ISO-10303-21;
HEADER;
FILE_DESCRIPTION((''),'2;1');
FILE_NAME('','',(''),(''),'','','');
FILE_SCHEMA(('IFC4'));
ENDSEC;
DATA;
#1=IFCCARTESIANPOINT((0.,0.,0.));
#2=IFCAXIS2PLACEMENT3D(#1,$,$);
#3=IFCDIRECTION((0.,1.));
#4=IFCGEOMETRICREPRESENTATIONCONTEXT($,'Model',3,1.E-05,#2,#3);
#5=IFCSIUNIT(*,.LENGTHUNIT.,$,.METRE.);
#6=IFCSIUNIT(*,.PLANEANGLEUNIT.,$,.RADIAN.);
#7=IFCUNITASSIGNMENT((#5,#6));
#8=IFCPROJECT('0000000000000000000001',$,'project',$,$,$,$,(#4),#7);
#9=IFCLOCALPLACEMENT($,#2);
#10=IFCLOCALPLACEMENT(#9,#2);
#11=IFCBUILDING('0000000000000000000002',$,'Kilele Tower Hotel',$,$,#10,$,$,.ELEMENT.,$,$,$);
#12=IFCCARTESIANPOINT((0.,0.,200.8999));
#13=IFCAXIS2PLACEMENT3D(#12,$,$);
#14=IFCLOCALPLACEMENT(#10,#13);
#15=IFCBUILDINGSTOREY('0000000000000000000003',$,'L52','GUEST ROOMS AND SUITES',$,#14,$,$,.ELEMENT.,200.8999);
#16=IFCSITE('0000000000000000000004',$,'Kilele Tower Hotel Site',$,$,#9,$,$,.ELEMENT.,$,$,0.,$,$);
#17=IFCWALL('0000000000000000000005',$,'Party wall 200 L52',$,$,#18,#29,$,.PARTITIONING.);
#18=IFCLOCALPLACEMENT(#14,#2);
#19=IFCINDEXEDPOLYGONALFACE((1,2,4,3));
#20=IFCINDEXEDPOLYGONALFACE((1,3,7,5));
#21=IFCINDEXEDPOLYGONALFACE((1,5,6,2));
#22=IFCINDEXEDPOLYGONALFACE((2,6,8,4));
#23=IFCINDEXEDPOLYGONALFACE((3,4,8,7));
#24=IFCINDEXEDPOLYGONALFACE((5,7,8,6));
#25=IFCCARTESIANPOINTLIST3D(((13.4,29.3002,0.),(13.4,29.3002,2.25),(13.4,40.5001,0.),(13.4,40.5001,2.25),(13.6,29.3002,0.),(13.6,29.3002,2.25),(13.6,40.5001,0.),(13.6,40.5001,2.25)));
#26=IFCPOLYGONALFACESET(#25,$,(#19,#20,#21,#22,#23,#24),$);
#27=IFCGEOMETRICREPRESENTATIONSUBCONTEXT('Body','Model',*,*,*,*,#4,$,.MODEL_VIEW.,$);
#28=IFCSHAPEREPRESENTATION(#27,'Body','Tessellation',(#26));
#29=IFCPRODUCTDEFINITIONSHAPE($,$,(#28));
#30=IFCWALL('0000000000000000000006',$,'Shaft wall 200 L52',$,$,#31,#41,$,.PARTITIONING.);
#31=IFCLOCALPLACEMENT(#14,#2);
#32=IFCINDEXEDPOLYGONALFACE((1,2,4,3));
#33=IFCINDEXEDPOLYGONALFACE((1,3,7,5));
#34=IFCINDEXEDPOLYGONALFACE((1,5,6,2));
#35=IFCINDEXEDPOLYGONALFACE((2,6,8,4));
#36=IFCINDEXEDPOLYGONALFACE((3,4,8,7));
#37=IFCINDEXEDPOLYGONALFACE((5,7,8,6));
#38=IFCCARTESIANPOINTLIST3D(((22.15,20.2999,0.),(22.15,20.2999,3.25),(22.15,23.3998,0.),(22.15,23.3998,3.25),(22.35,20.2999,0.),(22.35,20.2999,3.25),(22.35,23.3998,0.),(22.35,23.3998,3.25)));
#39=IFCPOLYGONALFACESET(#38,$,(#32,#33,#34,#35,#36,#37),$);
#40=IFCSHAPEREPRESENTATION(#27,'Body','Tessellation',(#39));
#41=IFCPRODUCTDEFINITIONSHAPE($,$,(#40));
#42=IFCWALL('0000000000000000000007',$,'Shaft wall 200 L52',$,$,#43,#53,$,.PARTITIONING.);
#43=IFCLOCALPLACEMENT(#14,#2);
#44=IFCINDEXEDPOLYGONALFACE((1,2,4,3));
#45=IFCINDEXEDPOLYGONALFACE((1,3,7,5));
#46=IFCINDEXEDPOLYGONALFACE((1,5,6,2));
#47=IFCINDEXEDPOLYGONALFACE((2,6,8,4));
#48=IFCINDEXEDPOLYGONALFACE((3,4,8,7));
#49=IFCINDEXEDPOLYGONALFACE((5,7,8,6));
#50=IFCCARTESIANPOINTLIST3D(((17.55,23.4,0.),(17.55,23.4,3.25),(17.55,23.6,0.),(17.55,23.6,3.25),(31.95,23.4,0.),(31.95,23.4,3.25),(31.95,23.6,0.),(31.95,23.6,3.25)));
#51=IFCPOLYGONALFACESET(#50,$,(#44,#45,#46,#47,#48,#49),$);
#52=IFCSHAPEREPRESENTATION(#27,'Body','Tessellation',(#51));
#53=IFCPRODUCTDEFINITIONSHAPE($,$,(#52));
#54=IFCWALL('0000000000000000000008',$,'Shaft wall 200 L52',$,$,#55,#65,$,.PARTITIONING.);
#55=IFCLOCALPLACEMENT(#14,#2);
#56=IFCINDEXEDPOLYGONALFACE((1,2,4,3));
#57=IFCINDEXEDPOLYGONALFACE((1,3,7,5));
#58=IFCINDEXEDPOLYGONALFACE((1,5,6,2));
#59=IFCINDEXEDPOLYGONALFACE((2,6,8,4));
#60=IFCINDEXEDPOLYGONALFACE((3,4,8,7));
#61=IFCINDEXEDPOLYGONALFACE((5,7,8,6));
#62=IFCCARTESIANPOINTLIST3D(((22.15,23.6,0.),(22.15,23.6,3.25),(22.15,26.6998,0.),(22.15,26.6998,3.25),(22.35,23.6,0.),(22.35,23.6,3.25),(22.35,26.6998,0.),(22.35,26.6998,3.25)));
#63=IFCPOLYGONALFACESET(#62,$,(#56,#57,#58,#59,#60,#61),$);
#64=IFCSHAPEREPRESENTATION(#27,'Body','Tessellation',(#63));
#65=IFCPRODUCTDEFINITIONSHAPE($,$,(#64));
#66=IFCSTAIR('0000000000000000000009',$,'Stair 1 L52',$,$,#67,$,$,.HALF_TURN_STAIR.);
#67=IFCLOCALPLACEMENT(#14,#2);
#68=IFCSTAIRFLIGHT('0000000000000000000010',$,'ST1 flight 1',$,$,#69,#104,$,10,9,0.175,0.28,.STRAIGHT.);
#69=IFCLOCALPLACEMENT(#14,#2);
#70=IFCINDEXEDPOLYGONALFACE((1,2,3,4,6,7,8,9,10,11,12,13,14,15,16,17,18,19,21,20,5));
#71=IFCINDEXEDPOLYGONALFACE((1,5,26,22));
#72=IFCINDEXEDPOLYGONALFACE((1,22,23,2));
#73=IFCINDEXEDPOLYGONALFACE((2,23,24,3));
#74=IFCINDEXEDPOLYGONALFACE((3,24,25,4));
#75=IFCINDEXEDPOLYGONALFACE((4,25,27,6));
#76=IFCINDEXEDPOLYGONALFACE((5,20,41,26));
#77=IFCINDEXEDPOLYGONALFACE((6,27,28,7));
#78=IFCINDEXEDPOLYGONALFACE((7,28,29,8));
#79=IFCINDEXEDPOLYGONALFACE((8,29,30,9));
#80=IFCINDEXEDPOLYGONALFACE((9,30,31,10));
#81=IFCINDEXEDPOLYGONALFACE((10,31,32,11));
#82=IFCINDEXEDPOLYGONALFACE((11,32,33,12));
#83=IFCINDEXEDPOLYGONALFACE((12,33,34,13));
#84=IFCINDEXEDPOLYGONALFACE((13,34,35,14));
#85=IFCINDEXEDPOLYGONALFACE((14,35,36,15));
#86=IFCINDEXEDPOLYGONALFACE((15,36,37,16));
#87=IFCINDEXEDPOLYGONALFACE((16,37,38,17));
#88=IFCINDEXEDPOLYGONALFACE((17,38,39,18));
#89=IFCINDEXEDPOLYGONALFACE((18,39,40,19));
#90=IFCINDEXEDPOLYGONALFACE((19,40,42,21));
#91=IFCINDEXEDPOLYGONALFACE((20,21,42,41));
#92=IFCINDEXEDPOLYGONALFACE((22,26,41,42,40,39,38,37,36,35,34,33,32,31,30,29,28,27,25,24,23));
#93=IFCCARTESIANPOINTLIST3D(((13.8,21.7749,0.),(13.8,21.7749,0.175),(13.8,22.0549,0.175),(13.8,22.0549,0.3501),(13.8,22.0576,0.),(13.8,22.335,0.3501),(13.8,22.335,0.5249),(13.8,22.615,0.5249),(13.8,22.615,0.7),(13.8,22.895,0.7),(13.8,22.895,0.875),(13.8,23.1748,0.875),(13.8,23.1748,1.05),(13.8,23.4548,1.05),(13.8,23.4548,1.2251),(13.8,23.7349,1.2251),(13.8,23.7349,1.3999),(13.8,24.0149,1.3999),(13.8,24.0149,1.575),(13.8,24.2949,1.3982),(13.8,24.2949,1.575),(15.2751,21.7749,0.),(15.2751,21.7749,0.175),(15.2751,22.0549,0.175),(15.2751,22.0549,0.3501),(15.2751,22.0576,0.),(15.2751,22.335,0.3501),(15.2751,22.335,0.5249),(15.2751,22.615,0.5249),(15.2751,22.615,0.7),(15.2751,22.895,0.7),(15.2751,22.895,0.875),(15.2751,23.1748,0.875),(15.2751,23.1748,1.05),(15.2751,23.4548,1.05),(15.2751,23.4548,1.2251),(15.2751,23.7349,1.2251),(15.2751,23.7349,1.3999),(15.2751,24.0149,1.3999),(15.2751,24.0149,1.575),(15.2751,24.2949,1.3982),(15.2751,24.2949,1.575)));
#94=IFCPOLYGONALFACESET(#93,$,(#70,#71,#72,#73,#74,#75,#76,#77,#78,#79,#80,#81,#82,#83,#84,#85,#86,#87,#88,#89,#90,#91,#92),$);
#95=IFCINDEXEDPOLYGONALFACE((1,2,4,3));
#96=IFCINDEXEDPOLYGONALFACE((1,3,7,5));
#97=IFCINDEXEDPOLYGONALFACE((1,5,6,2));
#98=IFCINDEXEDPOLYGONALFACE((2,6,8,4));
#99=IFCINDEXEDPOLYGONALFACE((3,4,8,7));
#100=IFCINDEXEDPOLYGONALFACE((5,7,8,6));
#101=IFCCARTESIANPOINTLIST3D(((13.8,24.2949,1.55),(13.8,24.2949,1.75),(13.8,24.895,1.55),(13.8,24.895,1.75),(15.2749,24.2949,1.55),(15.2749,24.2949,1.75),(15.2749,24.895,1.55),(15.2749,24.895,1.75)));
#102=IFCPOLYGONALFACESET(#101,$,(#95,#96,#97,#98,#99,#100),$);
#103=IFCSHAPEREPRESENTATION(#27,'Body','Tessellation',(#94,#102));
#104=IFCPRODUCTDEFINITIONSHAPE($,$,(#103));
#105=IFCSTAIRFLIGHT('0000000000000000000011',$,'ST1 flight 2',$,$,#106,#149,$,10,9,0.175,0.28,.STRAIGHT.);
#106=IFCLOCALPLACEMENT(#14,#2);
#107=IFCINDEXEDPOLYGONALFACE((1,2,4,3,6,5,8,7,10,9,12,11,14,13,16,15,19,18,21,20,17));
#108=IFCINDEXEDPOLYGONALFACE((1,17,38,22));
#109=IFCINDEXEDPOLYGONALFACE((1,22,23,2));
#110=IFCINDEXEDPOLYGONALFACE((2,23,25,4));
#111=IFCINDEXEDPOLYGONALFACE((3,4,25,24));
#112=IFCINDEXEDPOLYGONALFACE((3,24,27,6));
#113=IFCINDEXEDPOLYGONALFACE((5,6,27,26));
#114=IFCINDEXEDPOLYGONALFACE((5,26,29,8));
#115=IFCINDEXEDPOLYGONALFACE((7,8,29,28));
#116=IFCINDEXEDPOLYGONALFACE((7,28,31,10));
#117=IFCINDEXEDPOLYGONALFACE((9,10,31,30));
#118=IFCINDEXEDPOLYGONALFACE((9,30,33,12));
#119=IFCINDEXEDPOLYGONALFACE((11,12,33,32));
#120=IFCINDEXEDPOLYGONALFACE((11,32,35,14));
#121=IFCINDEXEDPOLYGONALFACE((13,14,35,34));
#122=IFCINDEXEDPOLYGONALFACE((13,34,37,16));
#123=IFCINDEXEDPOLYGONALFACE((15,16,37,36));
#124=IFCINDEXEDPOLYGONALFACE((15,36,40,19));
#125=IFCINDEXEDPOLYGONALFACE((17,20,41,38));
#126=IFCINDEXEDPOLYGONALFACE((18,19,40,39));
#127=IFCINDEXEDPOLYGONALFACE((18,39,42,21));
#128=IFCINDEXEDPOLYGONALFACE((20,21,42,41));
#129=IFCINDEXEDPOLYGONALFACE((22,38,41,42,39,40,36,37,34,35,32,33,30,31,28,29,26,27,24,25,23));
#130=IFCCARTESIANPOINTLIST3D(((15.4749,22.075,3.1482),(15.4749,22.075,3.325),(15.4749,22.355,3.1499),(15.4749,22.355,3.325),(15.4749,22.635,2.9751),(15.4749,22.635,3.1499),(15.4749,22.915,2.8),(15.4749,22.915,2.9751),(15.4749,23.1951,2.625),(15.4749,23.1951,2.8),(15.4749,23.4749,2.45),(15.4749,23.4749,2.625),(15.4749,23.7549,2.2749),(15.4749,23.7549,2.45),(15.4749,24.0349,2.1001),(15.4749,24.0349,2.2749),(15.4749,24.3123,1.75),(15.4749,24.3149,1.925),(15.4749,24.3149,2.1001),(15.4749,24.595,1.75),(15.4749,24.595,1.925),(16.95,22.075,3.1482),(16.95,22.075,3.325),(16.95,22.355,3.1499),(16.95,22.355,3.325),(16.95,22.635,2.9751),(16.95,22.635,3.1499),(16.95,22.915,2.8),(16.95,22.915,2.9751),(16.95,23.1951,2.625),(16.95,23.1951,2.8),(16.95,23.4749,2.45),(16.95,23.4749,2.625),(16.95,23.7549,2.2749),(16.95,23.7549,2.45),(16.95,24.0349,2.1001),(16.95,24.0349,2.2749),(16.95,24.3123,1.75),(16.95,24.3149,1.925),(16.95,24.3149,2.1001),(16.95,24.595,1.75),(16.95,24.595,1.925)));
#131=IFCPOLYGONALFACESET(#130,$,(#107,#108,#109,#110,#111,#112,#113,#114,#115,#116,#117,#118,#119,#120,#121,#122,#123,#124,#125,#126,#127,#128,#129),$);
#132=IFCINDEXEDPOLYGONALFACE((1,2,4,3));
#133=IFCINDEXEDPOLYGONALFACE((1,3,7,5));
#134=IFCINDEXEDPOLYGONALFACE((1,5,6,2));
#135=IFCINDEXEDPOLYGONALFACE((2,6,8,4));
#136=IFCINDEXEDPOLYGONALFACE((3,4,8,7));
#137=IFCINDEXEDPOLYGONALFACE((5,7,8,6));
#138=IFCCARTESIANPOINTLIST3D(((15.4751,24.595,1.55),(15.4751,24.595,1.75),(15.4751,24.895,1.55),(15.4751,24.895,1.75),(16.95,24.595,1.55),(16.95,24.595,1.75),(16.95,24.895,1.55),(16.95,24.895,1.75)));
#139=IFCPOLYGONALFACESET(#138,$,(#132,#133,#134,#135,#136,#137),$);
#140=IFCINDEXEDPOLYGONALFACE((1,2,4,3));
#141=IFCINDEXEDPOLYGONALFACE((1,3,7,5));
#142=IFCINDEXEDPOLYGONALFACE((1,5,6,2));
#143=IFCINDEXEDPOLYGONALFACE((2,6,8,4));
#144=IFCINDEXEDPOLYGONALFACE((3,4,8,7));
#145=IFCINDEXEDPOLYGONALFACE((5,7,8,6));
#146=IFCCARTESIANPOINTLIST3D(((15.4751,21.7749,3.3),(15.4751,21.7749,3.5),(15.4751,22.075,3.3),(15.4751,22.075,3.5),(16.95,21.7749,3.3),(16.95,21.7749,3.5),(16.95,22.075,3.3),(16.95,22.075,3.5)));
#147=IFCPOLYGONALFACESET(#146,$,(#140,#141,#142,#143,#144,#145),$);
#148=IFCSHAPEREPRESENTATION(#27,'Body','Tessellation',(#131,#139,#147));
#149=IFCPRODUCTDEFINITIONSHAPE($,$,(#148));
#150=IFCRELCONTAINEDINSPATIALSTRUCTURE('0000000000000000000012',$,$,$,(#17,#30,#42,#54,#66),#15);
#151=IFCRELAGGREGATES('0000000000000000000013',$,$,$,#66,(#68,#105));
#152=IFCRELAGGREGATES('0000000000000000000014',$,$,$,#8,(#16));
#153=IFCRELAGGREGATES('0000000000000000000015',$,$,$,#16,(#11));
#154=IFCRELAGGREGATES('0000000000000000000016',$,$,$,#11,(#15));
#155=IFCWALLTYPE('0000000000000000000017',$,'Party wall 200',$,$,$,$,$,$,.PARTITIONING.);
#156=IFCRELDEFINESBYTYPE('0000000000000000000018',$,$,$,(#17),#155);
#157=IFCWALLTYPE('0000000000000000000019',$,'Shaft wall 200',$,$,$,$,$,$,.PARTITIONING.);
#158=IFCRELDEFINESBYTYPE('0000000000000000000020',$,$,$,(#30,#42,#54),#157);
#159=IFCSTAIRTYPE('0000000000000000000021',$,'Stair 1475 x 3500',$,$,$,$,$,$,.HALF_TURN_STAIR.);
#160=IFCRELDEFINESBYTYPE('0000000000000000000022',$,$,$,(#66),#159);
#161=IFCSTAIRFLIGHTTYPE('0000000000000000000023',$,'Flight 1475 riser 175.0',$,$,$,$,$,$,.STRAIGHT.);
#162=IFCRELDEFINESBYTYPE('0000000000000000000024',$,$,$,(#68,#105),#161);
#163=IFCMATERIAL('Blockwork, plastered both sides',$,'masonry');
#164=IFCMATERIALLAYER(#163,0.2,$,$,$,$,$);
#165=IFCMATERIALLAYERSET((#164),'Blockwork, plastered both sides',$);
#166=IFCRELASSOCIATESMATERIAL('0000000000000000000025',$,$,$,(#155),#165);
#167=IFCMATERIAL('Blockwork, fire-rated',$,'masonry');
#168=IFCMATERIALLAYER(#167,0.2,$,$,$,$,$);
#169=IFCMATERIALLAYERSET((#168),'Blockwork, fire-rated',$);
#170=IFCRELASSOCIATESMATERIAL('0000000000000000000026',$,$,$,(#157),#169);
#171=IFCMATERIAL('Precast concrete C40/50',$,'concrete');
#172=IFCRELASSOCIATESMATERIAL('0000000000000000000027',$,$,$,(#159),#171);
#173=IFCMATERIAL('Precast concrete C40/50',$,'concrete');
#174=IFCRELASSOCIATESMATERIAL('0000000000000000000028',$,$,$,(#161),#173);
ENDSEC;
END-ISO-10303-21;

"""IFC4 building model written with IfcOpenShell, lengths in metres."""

from ifc_helpers import new_model, si_unit, direction, frame, frame_2d, origin, place, context, subcontext, project, spatial, polyline, rectangle, outline, extrude, material, layer, layer_set, type_object, element, aggregate, save


model = new_model("IFC4")

# Units and contexts
model_context = context("Model", 3, precision=1e-05, world=origin(), true_north=direction((0.0, 1.0)))
body_context = subcontext(model_context, "Body", "Model", "MODEL_VIEW")
ifc_project = project(units=[si_unit("LENGTHUNIT", "METRE"), si_unit("PLANEANGLEUNIT", "RADIAN")], contexts=[model_context])

# Site, building, storey
site_placement = place(None, origin())
site = spatial("IfcSite", under=ifc_project, at=site_placement, Name="Kilele Tower Hotel Site", CompositionType="ELEMENT", RefElevation=0.0)
building_placement = place(site_placement, origin())
building = spatial("IfcBuilding", under=site, at=building_placement, Name="Kilele Tower Hotel", CompositionType="ELEMENT")
storey_placement = place(building_placement, frame((0.0, 0.0, 200.8999)))
storey = spatial("IfcBuildingStorey", under=building, at=storey_placement, Name="L52", Description="GUEST ROOMS AND SUITES", CompositionType="ELEMENT", Elevation=200.8999)

# Walls
ifc_material_1 = material(Name="Blockwork, plastered both sides", Category="masonry")
ifc_layer_1 = layer(ifc_material_1, 0.2)
ifc_layer_set_1 = layer_set([ifc_layer_1], Name="Blockwork, plastered both sides")
wall_type_1 = type_object("IfcWallType", Name="Party wall 200", PredefinedType="PARTITIONING", material=ifc_layer_set_1)
wall_1_placement = place(storey_placement, frame((13.5, 29.3, 0.0), z_axis=(0.0, 0.0, 1.0), x_axis=(0.0, 1.0, 0.0)))
element("IfcWall", 1, at=wall_1_placement, inside=storey, type_object=wall_type_1, Name="Party wall 200 L52", PredefinedType="PARTITIONING", context=body_context, shape_type="SweptSolid", body=[
    extrude(rectangle(XDim=11.2, YDim=0.2, at=frame_2d((5.6001, 0.0))), origin(), (0.0, 0.0, 1.0), 2.25),
])
ifc_material_2 = material(Name="Blockwork, fire-rated", Category="masonry")
ifc_layer_2 = layer(ifc_material_2, 0.2)
ifc_layer_set_2 = layer_set([ifc_layer_2], Name="Blockwork, fire-rated")
wall_type_2 = type_object("IfcWallType", Name="Shaft wall 200", PredefinedType="PARTITIONING", material=ifc_layer_set_2)
wall_2_placement = place(storey_placement, frame((22.25, 20.3, 0.0), z_axis=(0.0, 0.0, 1.0), x_axis=(0.0, 1.0, 0.0)))
element("IfcWall", 2, at=wall_2_placement, inside=storey, type_object=wall_type_2, Name="Shaft wall 200 L52", PredefinedType="PARTITIONING", context=body_context, shape_type="SweptSolid", body=[
    extrude(rectangle(XDim=3.0999, YDim=0.2, at=frame_2d((1.5498, 0.0))), origin(), (0.0, 0.0, 1.0), 3.25),
])
wall_3_placement = place(storey_placement, frame((17.55, 23.5, 0.0), z_axis=(0.0, 0.0, 1.0), x_axis=(1.0, 0.0, 0.0)))
element("IfcWall", 3, at=wall_3_placement, inside=storey, type_object=wall_type_2, Name="Shaft wall 200 L52", PredefinedType="PARTITIONING", context=body_context, shape_type="SweptSolid", body=[
    extrude(rectangle(XDim=14.3999, YDim=0.2, at=frame_2d((7.2, 0.0))), origin(), (0.0, 0.0, 1.0), 3.25),
])
wall_4_placement = place(storey_placement, frame((22.25, 23.6001, 0.0), z_axis=(0.0, 0.0, 1.0), x_axis=(0.0, 1.0, 0.0)))
element("IfcWall", 4, at=wall_4_placement, inside=storey, type_object=wall_type_2, Name="Shaft wall 200 L52", PredefinedType="PARTITIONING", context=body_context, shape_type="SweptSolid", body=[
    extrude(rectangle(XDim=3.0999, YDim=0.2, at=frame_2d((1.5498, 0.0))), origin(), (0.0, 0.0, 1.0), 3.25),
])

# Stair, stair flights
ifc_material_3 = material(Name="Precast concrete C40/50", Category="concrete")
stair_type = type_object("IfcStairType", Name="Stair 1475 x 3500", PredefinedType="HALF_TURN_STAIR", material=ifc_material_3)
stair_placement = place(storey_placement, origin())
stair = element("IfcStair", 5, at=stair_placement, inside=storey, type_object=stair_type, Name="Stair 1 L52", PredefinedType="HALF_TURN_STAIR")
ifc_material_4 = material(Name="Precast concrete C40/50", Category="concrete")
stair_flight_type = type_object("IfcStairFlightType", Name="Flight 1475 riser 175.0", PredefinedType="STRAIGHT", material=ifc_material_4)
stair_flight_1_placement = place(storey_placement, frame((14.5376, 21.7749, 0.0), z_axis=(0.0, 0.0, 1.0), x_axis=(0.0, 1.0, 0.0)))
stair_flight_1 = element("IfcStairFlight", 6, at=stair_flight_1_placement, type_object=stair_flight_type, Name="ST1 flight 1", NumberOfRisers=10, NumberOfTreads=9, PredefinedType="STRAIGHT", RiserHeight=0.175, TreadLength=0.28, context=body_context, shape_type="SweptSolid", body=[
    extrude(outline(polyline([(0.0, 0.0), (0.0, 0.175), (0.28, 0.175), (0.28, 0.3501), (0.5601, 0.3501), (0.5601, 0.5249), (0.8401, 0.5249), (0.8401, 0.7), (1.1201, 0.7), (1.1201, 0.875), (1.3999, 0.875), (1.3999, 1.05), (1.6799, 1.05), (1.6799, 1.2251), (1.96, 1.2251), (1.96, 1.3999), (2.24, 1.3999), (2.24, 1.575), (2.52, 1.575), (2.52, 1.75), (2.52, 1.3982), (0.2827, 0.0), (0.0, 0.0)])), frame((0.0, 0.7375, 0.0), z_axis=(0.0, -1.0, 0.0), x_axis=(1.0, 0.0, 0.0)), (0.0, 0.0, 1.0), 1.4751),
    extrude(outline(polyline([(2.52, 0.7375), (2.52, -0.7373), (3.1201, -0.7373), (3.1201, 0.7375), (2.52, 0.7375)])), frame((0.0, 0.0, 1.55)), (0.0, 0.0, 1.0), 0.2),
])
stair_flight_2_placement = place(storey_placement, frame((16.2124, 24.595, 1.75), z_axis=(0.0, 0.0, 1.0), x_axis=(0.0, -1.0, 0.0)))
stair_flight_2 = element("IfcStairFlight", 7, at=stair_flight_2_placement, type_object=stair_flight_type, Name="ST1 flight 2", NumberOfRisers=10, NumberOfTreads=9, PredefinedType="STRAIGHT", RiserHeight=0.175, TreadLength=0.28, context=body_context, shape_type="SweptSolid", body=[
    extrude(outline(polyline([(0.0, 0.0), (0.0, 0.175), (0.28, 0.175), (0.28, 0.3501), (0.5601, 0.3501), (0.5601, 0.5249), (0.8401, 0.5249), (0.8401, 0.7), (1.1201, 0.7), (1.1201, 0.875), (1.3999, 0.875), (1.3999, 1.05), (1.6799, 1.05), (1.6799, 1.2251), (1.96, 1.2251), (1.96, 1.3999), (2.24, 1.3999), (2.24, 1.575), (2.52, 1.575), (2.52, 1.75), (2.52, 1.3982), (0.2827, 0.0), (0.0, 0.0)])), frame((0.0, 0.7375, 0.0), z_axis=(0.0, -1.0, 0.0), x_axis=(1.0, 0.0, 0.0)), (0.0, 0.0, 1.0), 1.4751),
    extrude(outline(polyline([(0.0, -0.7373), (0.0, 0.7375), (-0.3, 0.7375), (-0.3, -0.7373), (0.0, -0.7373)])), frame((0.0, 0.0, -0.2)), (0.0, 0.0, 1.0), 0.2),
    extrude(outline(polyline([(2.8201, -0.7373), (2.8201, 0.7375), (2.52, 0.7375), (2.52, -0.7373), (2.8201, -0.7373)])), frame((0.0, 0.0, 1.55)), (0.0, 0.0, 1.0), 0.2),
])
aggregate(stair, [stair_flight_1, stair_flight_2])

save(model, "model.ifc")
